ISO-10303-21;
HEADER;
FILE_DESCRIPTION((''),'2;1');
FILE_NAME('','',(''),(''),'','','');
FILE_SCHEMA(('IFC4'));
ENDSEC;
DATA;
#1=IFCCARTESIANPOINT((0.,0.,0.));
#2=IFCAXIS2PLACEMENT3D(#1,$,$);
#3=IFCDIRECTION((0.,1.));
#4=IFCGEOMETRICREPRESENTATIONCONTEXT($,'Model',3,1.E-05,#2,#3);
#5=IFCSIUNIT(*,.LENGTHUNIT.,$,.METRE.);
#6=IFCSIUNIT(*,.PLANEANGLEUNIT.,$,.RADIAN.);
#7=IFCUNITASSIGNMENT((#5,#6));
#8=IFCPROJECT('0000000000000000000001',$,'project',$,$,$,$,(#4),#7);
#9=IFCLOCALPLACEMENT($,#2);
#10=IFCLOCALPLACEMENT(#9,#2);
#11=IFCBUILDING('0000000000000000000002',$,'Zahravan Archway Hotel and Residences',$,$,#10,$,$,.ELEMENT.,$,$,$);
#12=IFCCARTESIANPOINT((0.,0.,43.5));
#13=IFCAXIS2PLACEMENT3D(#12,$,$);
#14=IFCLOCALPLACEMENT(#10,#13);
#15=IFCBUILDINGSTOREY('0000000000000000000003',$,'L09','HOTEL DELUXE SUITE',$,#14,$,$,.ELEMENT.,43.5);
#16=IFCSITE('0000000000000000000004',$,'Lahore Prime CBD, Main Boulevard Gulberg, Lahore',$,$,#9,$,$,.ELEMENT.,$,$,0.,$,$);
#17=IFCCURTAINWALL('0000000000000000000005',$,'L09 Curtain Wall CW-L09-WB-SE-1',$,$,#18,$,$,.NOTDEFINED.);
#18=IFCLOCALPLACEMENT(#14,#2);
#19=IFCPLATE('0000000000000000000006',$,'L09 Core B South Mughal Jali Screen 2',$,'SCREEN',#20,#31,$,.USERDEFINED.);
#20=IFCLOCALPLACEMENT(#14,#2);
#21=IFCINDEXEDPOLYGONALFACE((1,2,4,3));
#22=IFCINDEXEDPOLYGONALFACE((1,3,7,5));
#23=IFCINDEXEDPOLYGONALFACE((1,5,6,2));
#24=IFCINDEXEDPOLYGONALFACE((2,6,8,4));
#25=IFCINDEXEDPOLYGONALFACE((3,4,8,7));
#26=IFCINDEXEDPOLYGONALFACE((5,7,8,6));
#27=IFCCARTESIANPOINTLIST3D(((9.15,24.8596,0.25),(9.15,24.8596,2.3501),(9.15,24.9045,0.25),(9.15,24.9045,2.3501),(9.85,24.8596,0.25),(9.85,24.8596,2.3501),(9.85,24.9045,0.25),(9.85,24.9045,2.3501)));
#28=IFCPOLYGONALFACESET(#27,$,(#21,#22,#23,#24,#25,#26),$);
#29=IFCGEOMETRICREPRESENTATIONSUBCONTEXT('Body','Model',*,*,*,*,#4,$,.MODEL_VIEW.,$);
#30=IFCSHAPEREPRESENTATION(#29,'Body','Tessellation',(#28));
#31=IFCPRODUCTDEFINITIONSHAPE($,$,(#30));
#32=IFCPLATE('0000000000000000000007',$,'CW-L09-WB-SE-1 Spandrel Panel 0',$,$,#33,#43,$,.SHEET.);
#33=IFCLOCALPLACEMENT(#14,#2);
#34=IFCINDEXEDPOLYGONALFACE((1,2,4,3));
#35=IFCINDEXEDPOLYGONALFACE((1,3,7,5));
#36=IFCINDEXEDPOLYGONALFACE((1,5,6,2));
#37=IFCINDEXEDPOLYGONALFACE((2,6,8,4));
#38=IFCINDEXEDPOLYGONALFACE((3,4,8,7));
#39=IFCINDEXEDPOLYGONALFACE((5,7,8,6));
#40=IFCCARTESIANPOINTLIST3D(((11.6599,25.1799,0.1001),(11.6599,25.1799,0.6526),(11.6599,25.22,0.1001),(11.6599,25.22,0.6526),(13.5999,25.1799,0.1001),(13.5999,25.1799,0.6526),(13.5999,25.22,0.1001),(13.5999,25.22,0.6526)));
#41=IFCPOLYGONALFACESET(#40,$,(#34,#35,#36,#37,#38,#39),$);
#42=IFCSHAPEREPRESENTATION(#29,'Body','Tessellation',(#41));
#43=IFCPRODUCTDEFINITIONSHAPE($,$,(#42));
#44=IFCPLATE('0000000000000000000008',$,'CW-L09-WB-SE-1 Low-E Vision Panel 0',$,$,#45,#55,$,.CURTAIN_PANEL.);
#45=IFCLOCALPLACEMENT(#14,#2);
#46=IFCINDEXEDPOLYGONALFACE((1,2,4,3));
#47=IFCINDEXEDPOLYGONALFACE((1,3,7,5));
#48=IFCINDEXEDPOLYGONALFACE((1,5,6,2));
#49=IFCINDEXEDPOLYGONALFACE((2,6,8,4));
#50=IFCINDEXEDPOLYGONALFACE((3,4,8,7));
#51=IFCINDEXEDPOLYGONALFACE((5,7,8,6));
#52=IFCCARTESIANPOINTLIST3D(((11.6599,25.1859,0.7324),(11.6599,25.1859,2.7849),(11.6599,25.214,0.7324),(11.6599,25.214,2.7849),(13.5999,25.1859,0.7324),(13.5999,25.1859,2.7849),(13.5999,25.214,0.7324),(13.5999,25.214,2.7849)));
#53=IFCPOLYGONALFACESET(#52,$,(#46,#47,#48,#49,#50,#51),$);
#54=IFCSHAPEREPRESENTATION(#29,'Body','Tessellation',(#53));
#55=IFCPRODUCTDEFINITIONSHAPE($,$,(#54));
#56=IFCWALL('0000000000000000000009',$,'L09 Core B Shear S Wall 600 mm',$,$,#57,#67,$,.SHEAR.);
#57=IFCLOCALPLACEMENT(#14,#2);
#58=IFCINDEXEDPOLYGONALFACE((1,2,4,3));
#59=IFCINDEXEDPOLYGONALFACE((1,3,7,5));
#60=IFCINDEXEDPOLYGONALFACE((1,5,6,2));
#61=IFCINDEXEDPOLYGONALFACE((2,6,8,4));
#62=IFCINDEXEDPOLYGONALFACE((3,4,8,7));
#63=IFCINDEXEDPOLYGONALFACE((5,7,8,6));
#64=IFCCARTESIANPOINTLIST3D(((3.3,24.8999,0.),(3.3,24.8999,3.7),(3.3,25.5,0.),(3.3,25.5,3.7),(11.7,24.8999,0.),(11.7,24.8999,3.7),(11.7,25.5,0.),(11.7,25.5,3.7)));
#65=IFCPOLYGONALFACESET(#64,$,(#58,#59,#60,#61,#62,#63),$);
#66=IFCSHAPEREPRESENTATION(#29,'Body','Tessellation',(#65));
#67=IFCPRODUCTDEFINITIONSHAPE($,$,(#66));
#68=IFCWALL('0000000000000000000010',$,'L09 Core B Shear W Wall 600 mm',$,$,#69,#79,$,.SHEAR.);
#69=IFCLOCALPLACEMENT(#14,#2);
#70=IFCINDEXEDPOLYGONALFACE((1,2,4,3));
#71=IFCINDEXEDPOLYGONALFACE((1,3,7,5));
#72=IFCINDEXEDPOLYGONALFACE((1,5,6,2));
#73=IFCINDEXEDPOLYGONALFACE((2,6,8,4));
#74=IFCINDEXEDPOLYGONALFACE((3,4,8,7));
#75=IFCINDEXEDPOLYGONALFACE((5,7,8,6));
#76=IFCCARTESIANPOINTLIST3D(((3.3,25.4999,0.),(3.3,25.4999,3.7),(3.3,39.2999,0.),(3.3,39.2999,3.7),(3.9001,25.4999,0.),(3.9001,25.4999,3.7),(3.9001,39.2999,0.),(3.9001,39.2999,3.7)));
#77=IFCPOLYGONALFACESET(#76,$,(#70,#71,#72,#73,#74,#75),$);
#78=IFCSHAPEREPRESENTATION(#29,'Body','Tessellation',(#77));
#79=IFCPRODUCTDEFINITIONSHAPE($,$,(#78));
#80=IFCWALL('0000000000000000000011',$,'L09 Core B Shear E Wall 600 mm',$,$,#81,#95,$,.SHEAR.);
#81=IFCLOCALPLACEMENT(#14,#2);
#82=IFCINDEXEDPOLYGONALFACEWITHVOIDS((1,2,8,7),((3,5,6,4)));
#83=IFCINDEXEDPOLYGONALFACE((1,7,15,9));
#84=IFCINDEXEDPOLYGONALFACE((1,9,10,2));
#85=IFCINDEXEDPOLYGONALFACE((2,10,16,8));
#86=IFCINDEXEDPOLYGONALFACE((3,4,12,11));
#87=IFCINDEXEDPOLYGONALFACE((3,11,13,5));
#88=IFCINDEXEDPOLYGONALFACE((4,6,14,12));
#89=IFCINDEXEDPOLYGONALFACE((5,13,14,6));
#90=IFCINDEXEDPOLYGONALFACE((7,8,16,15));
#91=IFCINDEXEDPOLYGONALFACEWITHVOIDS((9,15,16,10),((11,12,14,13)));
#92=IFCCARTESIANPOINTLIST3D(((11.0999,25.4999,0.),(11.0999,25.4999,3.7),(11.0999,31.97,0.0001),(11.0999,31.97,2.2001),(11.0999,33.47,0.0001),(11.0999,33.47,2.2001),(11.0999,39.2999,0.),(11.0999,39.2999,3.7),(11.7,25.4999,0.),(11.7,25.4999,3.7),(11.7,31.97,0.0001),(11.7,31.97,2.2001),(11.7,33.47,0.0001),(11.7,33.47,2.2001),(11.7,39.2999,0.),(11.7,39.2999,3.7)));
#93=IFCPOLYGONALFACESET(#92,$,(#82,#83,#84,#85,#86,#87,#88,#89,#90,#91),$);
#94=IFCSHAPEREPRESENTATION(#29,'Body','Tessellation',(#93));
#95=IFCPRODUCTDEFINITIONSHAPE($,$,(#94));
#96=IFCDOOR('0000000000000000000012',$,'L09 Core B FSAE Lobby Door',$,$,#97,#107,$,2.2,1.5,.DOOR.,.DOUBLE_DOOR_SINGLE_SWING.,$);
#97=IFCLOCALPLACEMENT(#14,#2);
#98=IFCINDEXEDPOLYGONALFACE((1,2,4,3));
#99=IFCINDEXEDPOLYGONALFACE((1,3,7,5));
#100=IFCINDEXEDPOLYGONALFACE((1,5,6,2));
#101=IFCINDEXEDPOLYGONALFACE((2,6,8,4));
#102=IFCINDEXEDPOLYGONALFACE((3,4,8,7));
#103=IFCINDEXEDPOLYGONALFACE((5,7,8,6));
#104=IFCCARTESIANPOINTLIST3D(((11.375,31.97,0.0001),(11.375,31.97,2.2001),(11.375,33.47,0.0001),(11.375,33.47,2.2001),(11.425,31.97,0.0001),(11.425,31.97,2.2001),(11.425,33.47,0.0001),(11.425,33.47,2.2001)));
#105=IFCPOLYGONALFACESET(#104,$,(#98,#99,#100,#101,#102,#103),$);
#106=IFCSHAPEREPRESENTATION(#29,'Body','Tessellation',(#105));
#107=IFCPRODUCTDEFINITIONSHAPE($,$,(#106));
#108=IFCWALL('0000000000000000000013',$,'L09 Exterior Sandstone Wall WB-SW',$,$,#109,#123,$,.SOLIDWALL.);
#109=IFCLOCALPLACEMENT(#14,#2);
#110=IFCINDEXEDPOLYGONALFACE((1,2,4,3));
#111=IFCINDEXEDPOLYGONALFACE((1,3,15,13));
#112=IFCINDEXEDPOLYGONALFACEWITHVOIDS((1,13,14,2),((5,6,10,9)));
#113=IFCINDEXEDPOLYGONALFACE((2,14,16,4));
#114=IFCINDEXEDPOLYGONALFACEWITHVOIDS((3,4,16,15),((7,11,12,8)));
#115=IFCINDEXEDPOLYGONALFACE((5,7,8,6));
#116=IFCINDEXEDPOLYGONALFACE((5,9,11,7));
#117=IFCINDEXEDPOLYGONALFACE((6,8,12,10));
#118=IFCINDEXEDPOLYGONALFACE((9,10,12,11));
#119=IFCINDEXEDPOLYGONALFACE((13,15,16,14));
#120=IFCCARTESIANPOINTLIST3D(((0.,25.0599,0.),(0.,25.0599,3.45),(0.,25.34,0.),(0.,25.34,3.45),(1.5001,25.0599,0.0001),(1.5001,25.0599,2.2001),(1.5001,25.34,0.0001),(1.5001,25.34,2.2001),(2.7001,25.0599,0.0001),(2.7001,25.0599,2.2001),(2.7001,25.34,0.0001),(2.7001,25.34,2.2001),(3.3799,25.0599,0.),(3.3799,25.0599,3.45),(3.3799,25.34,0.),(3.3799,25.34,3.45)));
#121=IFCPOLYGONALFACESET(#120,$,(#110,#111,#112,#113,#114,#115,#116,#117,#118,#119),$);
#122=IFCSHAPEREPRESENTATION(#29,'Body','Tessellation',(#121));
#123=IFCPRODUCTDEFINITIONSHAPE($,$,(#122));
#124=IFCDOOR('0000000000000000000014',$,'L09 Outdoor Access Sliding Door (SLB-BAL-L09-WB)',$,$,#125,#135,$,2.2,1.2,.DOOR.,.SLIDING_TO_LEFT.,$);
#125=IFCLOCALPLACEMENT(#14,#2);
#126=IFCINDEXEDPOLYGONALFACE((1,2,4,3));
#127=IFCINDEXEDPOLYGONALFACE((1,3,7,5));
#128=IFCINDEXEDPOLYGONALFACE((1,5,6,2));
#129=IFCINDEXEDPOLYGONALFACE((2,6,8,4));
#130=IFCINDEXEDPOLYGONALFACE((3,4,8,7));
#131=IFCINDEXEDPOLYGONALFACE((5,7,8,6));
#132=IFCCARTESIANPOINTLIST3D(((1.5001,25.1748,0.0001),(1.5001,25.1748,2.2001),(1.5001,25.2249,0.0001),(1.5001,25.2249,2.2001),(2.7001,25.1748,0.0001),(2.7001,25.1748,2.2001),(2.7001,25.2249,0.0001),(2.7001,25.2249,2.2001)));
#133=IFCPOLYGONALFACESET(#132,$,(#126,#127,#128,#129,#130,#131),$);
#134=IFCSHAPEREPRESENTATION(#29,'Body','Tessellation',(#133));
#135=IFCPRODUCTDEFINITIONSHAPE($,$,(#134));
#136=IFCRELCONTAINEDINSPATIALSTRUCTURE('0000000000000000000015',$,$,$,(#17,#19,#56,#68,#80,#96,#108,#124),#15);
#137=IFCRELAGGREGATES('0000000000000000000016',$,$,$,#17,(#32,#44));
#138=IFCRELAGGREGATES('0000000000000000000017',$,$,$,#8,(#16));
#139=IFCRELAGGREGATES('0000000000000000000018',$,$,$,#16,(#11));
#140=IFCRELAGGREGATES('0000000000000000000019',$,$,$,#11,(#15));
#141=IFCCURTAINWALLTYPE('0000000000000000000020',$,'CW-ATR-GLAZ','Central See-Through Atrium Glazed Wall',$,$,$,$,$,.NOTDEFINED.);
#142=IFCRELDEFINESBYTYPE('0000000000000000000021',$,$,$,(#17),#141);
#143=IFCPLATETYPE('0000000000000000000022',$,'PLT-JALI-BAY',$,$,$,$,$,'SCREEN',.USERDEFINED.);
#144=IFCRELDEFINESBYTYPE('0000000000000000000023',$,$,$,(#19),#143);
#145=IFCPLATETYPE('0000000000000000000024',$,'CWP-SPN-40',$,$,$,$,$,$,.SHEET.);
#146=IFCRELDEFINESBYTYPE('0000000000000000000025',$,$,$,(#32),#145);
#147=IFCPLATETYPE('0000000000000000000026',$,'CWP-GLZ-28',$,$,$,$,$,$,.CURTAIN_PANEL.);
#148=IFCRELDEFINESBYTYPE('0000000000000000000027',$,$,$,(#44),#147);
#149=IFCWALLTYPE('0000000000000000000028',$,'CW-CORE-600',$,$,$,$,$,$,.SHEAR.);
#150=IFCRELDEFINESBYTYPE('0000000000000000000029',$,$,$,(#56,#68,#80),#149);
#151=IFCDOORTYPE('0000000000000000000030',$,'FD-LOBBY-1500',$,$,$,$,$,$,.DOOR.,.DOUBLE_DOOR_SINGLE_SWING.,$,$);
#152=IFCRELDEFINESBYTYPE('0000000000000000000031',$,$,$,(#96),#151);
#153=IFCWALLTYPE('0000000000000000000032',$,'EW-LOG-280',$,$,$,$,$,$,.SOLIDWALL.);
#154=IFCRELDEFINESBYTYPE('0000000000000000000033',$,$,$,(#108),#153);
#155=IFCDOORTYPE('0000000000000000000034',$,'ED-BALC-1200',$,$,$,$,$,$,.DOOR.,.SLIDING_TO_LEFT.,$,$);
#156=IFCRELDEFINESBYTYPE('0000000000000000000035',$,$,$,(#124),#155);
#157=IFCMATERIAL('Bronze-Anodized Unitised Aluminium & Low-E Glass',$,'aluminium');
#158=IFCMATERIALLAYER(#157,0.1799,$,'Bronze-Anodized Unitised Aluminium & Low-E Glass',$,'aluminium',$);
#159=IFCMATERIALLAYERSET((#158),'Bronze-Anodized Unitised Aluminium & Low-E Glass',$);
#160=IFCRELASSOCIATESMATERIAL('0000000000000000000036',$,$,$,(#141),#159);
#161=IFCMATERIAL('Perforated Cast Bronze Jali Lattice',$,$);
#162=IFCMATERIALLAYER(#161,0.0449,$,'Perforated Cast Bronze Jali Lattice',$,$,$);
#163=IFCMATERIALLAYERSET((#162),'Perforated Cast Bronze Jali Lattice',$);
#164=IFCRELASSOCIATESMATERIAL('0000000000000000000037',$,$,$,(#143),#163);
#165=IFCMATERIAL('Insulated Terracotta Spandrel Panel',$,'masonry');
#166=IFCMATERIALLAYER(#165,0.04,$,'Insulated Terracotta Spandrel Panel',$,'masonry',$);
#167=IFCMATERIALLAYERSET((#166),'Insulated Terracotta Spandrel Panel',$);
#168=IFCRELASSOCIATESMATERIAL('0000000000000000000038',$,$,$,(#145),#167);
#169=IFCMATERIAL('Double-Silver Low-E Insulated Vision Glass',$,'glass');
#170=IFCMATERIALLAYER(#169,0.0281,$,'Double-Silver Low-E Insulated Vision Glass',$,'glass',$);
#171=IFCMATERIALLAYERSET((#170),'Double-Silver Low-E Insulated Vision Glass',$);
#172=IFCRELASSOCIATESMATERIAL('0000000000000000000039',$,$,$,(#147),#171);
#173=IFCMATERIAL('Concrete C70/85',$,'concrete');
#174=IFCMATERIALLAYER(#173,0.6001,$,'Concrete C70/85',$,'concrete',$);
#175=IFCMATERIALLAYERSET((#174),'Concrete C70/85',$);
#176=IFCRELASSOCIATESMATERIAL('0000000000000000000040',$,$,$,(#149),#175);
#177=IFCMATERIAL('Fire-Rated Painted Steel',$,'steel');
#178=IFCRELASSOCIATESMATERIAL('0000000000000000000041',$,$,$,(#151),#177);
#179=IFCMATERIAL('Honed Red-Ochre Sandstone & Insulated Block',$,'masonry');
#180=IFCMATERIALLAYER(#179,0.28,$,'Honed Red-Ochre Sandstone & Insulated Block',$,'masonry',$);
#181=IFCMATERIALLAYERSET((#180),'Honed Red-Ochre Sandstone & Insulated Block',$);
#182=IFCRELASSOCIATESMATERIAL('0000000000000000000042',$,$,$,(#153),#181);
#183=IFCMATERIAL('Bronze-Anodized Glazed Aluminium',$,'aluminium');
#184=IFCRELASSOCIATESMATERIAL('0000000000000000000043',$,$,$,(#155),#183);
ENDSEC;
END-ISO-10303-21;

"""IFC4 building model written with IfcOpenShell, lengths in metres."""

from ifc_helpers import new_model, si_unit, direction, frame, frame_2d, origin, origin_2d, place, context, subcontext, project, spatial, rectangle, extrude, source, transform, mapped, material, layer, layer_set, type_object, type_shapes, element, fill, aggregate, save


model = new_model("IFC4")

# Units and contexts
model_context = context("Model", 3, precision=1e-05, world=origin(), true_north=direction((0.0, 1.0)))
body_context = subcontext(model_context, "Body", "Model", "MODEL_VIEW")
ifc_project = project(units=[si_unit("LENGTHUNIT", "METRE"), si_unit("PLANEANGLEUNIT", "RADIAN")], contexts=[model_context])

# Site, building, storey
site_placement = place(None, origin())
site = spatial("IfcSite", under=ifc_project, at=site_placement, Name="Lahore Prime CBD, Main Boulevard Gulberg, Lahore", CompositionType="ELEMENT", RefElevation=0.0)
building_placement = place(site_placement, origin())
building = spatial("IfcBuilding", under=site, at=building_placement, Name="Zahravan Archway Hotel and Residences", CompositionType="ELEMENT")
storey_placement = place(building_placement, frame((0.0, 0.0, 43.5)))
storey = spatial("IfcBuildingStorey", under=building, at=storey_placement, Name="L09", Description="HOTEL DELUXE SUITE", CompositionType="ELEMENT", Elevation=43.5)

# Shared definitions
ifc_material_1 = material(Name="Concrete C70/85", Category="concrete")

# Curtain wall
ifc_material_2 = material(Name="Bronze-Anodized Unitised Aluminium & Low-E Glass", Category="aluminium")
ifc_layer_1 = layer(ifc_material_2, 0.1799, Name="Bronze-Anodized Unitised Aluminium & Low-E Glass", Category="aluminium")
ifc_layer_set_1 = layer_set([ifc_layer_1], Name="Bronze-Anodized Unitised Aluminium & Low-E Glass")
curtain_wall_type = type_object("IfcCurtainWallType", Name="CW-ATR-GLAZ", Description="Central See-Through Atrium Glazed Wall", PredefinedType="NOTDEFINED", material=ifc_layer_set_1)
curtain_wall_placement = place(storey_placement, origin())
curtain_wall = element("IfcCurtainWall", 1, at=curtain_wall_placement, inside=storey, type_object=curtain_wall_type, Name="L09 Curtain Wall CW-L09-WB-SE-1", PredefinedType="NOTDEFINED")

# Plate
ifc_material_3 = material(Name="Perforated Cast Bronze Jali Lattice")
ifc_layer_2 = layer(ifc_material_3, 0.0449, Name="Perforated Cast Bronze Jali Lattice")
ifc_layer_set_2 = layer_set([ifc_layer_2], Name="Perforated Cast Bronze Jali Lattice")
plate_type_1 = type_object("IfcPlateType", Name="PLT-JALI-BAY", ElementType="SCREEN", PredefinedType="USERDEFINED", material=ifc_layer_set_2)
shared_shape_1 = source(origin(), body_context, "Body", "SweptSolid", [
    extrude(rectangle(XDim=0.7, YDim=0.0449, at=origin_2d()), origin(), (0.0, 0.0, 1.0), 2.1001),
])
type_shapes(plate_type_1, [shared_shape_1])
for number, where, z_axis, x_axis, name in (
    (2, (9.5, 24.8821, 0.25), (0.0, 0.0, 1.0), (1.0, 0.0, 0.0), "L09 Core B South Mughal Jali Screen 2"),
):
    element("IfcPlate", number, at=place(storey_placement, frame(where, z_axis=z_axis, x_axis=x_axis)), inside=storey, type_object=plate_type_1, Name=name, ObjectType="SCREEN", PredefinedType="USERDEFINED", context=body_context, shape_type="MappedRepresentation", body=[
        mapped(shared_shape_1, transform((0.0, 0.0, 0.0), scale=1.0)),
    ])

# Plates
ifc_material_4 = material(Name="Insulated Terracotta Spandrel Panel", Category="masonry")
ifc_layer_3 = layer(ifc_material_4, 0.04, Name="Insulated Terracotta Spandrel Panel", Category="masonry")
ifc_layer_set_3 = layer_set([ifc_layer_3], Name="Insulated Terracotta Spandrel Panel")
plate_type_2 = type_object("IfcPlateType", Name="CWP-SPN-40", PredefinedType="SHEET", material=ifc_layer_set_3)
shared_shape_2 = source(origin(), body_context, "Body", "SweptSolid", [
    extrude(rectangle(XDim=1.9399, YDim=0.04, at=origin_2d()), origin(), (0.0, 0.0, 1.0), 0.5525),
])
plate_1_placement = place(storey_placement, frame((12.6299, 25.2, 0.1001), z_axis=(0.0, 0.0, 1.0), x_axis=(1.0, 0.0, 0.0)))
plate_1 = element("IfcPlate", 3, at=plate_1_placement, type_object=plate_type_2, Name="CW-L09-WB-SE-1 Spandrel Panel 0", PredefinedType="SHEET", context=body_context, shape_type="MappedRepresentation", body=[
    mapped(shared_shape_2, transform((0.0, 0.0, 0.0), scale=1.0)),
])
ifc_material_5 = material(Name="Double-Silver Low-E Insulated Vision Glass", Category="glass")
ifc_layer_4 = layer(ifc_material_5, 0.0281, Name="Double-Silver Low-E Insulated Vision Glass", Category="glass")
ifc_layer_set_4 = layer_set([ifc_layer_4], Name="Double-Silver Low-E Insulated Vision Glass")
plate_type_3 = type_object("IfcPlateType", Name="CWP-GLZ-28", PredefinedType="CURTAIN_PANEL", material=ifc_layer_set_4)
shared_shape_3 = source(origin(), body_context, "Body", "SweptSolid", [
    extrude(rectangle(XDim=1.9399, YDim=0.0281, at=origin_2d()), origin(), (0.0, 0.0, 1.0), 2.0525),
])
plate_2_placement = place(storey_placement, frame((12.6299, 25.2, 0.7324), z_axis=(0.0, 0.0, 1.0), x_axis=(1.0, 0.0, 0.0)))
plate_2 = element("IfcPlate", 4, at=plate_2_placement, type_object=plate_type_3, Name="CW-L09-WB-SE-1 Low-E Vision Panel 0", PredefinedType="CURTAIN_PANEL", context=body_context, shape_type="MappedRepresentation", body=[
    mapped(shared_shape_3, transform((0.0, 0.0, 0.0), scale=1.0)),
])
aggregate(curtain_wall, [plate_1, plate_2])

# Walls
ifc_layer_5 = layer(ifc_material_1, 0.6001, Name="Concrete C70/85", Category="concrete")
ifc_layer_set_5 = layer_set([ifc_layer_5], Name="Concrete C70/85")
wall_type_1 = type_object("IfcWallType", Name="CW-CORE-600", PredefinedType="SHEAR", material=ifc_layer_set_5)
wall_1_placement = place(storey_placement, frame((3.3, 25.2, 0.0), z_axis=(0.0, 0.0, 1.0), x_axis=(1.0, 0.0, 0.0)))
element("IfcWall", 5, at=wall_1_placement, inside=storey, type_object=wall_type_1, Name="L09 Core B Shear S Wall 600 mm", PredefinedType="SHEAR", context=body_context, shape_type="SweptSolid", body=[
    extrude(rectangle(XDim=8.3999, YDim=0.6001, at=frame_2d((4.2, 0.0))), origin(), (0.0, 0.0, 1.0), 3.7),
])
wall_2_placement = place(storey_placement, frame((3.6001, 25.5, 0.0), z_axis=(0.0, 0.0, 1.0), x_axis=(0.0, 1.0, 0.0)))
element("IfcWall", 6, at=wall_2_placement, inside=storey, type_object=wall_type_1, Name="L09 Core B Shear W Wall 600 mm", PredefinedType="SHEAR", context=body_context, shape_type="SweptSolid", body=[
    extrude(rectangle(XDim=13.8, YDim=0.6001, at=frame_2d((6.8999, 0.0))), origin(), (0.0, 0.0, 1.0), 3.7),
])

# Walls, openings, doors
wall_3_placement = place(storey_placement, frame((11.3999, 25.5, 0.0), z_axis=(0.0, 0.0, 1.0), x_axis=(0.0, 1.0, 0.0)))
wall_3 = element("IfcWall", 7, at=wall_3_placement, inside=storey, type_object=wall_type_1, Name="L09 Core B Shear E Wall 600 mm", PredefinedType="SHEAR", context=body_context, shape_type="SweptSolid", body=[
    extrude(rectangle(XDim=13.8, YDim=0.6001, at=frame_2d((6.8999, 0.0))), origin(), (0.0, 0.0, 1.0), 3.7),
])
opening_1_placement = place(wall_3_placement, frame((6.47, 0.0, 0.0)))
opening_1 = element("IfcOpeningElement", 8, at=opening_1_placement, cuts=wall_3, PredefinedType="OPENING", context=body_context, shape_type="SweptSolid", body=[
    extrude(rectangle(XDim=1.5, YDim=2.2, at=frame_2d((0.75, 1.1001))), frame((0.0, 0.3101, 0.0), z_axis=(0.0, -1.0, 0.0), x_axis=(1.0, 0.0, 0.0)), (0.0, 0.0, 1.0), 0.6201),
])
ifc_material_6 = material(Name="Fire-Rated Painted Steel", Category="steel")
door_type_1 = type_object("IfcDoorType", Name="FD-LOBBY-1500", OperationType="DOUBLE_DOOR_SINGLE_SWING", PredefinedType="DOOR", material=ifc_material_6)
shared_shape_4 = source(origin(), body_context, "Body", "SweptSolid", [
    extrude(rectangle(XDim=1.5, YDim=2.2, at=frame_2d((0.75, 1.1001))), frame((0.0, 0.0249, 0.0), z_axis=(0.0, -1.0, 0.0), x_axis=(1.0, 0.0, 0.0)), (0.0, 0.0, 1.0), 0.05),
])
type_shapes(door_type_1, [shared_shape_4])
door_1_placement = place(opening_1_placement, origin())
door_1 = element("IfcDoor", 9, at=door_1_placement, inside=storey, type_object=door_type_1, Name="L09 Core B FSAE Lobby Door", OperationType="DOUBLE_DOOR_SINGLE_SWING", OverallHeight=2.2, OverallWidth=1.5, PredefinedType="DOOR", context=body_context, shape_type="MappedRepresentation", body=[
    mapped(shared_shape_4, transform((0.0, 0.0, 0.0), scale=1.0)),
])
fill(opening_1, door_1)
ifc_material_7 = material(Name="Honed Red-Ochre Sandstone & Insulated Block", Category="masonry")
ifc_layer_6 = layer(ifc_material_7, 0.28, Name="Honed Red-Ochre Sandstone & Insulated Block", Category="masonry")
ifc_layer_set_6 = layer_set([ifc_layer_6], Name="Honed Red-Ochre Sandstone & Insulated Block")
wall_type_2 = type_object("IfcWallType", Name="EW-LOG-280", PredefinedType="SOLIDWALL", material=ifc_layer_set_6)
wall_4_placement = place(storey_placement, frame((0.0, 25.2, 0.0), z_axis=(0.0, 0.0, 1.0), x_axis=(1.0, 0.0, 0.0)))
wall_4 = element("IfcWall", 10, at=wall_4_placement, inside=storey, type_object=wall_type_2, Name="L09 Exterior Sandstone Wall WB-SW", PredefinedType="SOLIDWALL", context=body_context, shape_type="SweptSolid", body=[
    extrude(rectangle(XDim=3.3799, YDim=0.28, at=frame_2d((1.6899, 0.0))), origin(), (0.0, 0.0, 1.0), 3.45),
])
opening_2_placement = place(wall_4_placement, frame((1.5, 0.0, 0.0)))
opening_2 = element("IfcOpeningElement", 11, at=opening_2_placement, cuts=wall_4, PredefinedType="OPENING", context=body_context, shape_type="SweptSolid", body=[
    extrude(rectangle(XDim=1.2, YDim=2.2, at=frame_2d((0.6001, 1.1001))), frame((0.0, 0.1499, 0.0), z_axis=(0.0, -1.0, 0.0), x_axis=(1.0, 0.0, 0.0)), (0.0, 0.0, 1.0), 0.3),
])
ifc_material_8 = material(Name="Bronze-Anodized Glazed Aluminium", Category="aluminium")
door_type_2 = type_object("IfcDoorType", Name="ED-BALC-1200", OperationType="SLIDING_TO_LEFT", PredefinedType="DOOR", material=ifc_material_8)
shared_shape_5 = source(origin(), body_context, "Body", "SweptSolid", [
    extrude(rectangle(XDim=1.2, YDim=2.2, at=frame_2d((0.6001, 1.1001))), frame((0.0, 0.0249, 0.0), z_axis=(0.0, -1.0, 0.0), x_axis=(1.0, 0.0, 0.0)), (0.0, 0.0, 1.0), 0.05),
])
type_shapes(door_type_2, [shared_shape_5])
door_2_placement = place(opening_2_placement, origin())
door_2 = element("IfcDoor", 12, at=door_2_placement, inside=storey, type_object=door_type_2, Name="L09 Outdoor Access Sliding Door (SLB-BAL-L09-WB)", OperationType="SLIDING_TO_LEFT", OverallHeight=2.2, OverallWidth=1.2, PredefinedType="DOOR", context=body_context, shape_type="MappedRepresentation", body=[
    mapped(shared_shape_5, transform((0.0, 0.0, 0.0), scale=1.0)),
])
fill(opening_2, door_2)

save(model, "model.ifc")
